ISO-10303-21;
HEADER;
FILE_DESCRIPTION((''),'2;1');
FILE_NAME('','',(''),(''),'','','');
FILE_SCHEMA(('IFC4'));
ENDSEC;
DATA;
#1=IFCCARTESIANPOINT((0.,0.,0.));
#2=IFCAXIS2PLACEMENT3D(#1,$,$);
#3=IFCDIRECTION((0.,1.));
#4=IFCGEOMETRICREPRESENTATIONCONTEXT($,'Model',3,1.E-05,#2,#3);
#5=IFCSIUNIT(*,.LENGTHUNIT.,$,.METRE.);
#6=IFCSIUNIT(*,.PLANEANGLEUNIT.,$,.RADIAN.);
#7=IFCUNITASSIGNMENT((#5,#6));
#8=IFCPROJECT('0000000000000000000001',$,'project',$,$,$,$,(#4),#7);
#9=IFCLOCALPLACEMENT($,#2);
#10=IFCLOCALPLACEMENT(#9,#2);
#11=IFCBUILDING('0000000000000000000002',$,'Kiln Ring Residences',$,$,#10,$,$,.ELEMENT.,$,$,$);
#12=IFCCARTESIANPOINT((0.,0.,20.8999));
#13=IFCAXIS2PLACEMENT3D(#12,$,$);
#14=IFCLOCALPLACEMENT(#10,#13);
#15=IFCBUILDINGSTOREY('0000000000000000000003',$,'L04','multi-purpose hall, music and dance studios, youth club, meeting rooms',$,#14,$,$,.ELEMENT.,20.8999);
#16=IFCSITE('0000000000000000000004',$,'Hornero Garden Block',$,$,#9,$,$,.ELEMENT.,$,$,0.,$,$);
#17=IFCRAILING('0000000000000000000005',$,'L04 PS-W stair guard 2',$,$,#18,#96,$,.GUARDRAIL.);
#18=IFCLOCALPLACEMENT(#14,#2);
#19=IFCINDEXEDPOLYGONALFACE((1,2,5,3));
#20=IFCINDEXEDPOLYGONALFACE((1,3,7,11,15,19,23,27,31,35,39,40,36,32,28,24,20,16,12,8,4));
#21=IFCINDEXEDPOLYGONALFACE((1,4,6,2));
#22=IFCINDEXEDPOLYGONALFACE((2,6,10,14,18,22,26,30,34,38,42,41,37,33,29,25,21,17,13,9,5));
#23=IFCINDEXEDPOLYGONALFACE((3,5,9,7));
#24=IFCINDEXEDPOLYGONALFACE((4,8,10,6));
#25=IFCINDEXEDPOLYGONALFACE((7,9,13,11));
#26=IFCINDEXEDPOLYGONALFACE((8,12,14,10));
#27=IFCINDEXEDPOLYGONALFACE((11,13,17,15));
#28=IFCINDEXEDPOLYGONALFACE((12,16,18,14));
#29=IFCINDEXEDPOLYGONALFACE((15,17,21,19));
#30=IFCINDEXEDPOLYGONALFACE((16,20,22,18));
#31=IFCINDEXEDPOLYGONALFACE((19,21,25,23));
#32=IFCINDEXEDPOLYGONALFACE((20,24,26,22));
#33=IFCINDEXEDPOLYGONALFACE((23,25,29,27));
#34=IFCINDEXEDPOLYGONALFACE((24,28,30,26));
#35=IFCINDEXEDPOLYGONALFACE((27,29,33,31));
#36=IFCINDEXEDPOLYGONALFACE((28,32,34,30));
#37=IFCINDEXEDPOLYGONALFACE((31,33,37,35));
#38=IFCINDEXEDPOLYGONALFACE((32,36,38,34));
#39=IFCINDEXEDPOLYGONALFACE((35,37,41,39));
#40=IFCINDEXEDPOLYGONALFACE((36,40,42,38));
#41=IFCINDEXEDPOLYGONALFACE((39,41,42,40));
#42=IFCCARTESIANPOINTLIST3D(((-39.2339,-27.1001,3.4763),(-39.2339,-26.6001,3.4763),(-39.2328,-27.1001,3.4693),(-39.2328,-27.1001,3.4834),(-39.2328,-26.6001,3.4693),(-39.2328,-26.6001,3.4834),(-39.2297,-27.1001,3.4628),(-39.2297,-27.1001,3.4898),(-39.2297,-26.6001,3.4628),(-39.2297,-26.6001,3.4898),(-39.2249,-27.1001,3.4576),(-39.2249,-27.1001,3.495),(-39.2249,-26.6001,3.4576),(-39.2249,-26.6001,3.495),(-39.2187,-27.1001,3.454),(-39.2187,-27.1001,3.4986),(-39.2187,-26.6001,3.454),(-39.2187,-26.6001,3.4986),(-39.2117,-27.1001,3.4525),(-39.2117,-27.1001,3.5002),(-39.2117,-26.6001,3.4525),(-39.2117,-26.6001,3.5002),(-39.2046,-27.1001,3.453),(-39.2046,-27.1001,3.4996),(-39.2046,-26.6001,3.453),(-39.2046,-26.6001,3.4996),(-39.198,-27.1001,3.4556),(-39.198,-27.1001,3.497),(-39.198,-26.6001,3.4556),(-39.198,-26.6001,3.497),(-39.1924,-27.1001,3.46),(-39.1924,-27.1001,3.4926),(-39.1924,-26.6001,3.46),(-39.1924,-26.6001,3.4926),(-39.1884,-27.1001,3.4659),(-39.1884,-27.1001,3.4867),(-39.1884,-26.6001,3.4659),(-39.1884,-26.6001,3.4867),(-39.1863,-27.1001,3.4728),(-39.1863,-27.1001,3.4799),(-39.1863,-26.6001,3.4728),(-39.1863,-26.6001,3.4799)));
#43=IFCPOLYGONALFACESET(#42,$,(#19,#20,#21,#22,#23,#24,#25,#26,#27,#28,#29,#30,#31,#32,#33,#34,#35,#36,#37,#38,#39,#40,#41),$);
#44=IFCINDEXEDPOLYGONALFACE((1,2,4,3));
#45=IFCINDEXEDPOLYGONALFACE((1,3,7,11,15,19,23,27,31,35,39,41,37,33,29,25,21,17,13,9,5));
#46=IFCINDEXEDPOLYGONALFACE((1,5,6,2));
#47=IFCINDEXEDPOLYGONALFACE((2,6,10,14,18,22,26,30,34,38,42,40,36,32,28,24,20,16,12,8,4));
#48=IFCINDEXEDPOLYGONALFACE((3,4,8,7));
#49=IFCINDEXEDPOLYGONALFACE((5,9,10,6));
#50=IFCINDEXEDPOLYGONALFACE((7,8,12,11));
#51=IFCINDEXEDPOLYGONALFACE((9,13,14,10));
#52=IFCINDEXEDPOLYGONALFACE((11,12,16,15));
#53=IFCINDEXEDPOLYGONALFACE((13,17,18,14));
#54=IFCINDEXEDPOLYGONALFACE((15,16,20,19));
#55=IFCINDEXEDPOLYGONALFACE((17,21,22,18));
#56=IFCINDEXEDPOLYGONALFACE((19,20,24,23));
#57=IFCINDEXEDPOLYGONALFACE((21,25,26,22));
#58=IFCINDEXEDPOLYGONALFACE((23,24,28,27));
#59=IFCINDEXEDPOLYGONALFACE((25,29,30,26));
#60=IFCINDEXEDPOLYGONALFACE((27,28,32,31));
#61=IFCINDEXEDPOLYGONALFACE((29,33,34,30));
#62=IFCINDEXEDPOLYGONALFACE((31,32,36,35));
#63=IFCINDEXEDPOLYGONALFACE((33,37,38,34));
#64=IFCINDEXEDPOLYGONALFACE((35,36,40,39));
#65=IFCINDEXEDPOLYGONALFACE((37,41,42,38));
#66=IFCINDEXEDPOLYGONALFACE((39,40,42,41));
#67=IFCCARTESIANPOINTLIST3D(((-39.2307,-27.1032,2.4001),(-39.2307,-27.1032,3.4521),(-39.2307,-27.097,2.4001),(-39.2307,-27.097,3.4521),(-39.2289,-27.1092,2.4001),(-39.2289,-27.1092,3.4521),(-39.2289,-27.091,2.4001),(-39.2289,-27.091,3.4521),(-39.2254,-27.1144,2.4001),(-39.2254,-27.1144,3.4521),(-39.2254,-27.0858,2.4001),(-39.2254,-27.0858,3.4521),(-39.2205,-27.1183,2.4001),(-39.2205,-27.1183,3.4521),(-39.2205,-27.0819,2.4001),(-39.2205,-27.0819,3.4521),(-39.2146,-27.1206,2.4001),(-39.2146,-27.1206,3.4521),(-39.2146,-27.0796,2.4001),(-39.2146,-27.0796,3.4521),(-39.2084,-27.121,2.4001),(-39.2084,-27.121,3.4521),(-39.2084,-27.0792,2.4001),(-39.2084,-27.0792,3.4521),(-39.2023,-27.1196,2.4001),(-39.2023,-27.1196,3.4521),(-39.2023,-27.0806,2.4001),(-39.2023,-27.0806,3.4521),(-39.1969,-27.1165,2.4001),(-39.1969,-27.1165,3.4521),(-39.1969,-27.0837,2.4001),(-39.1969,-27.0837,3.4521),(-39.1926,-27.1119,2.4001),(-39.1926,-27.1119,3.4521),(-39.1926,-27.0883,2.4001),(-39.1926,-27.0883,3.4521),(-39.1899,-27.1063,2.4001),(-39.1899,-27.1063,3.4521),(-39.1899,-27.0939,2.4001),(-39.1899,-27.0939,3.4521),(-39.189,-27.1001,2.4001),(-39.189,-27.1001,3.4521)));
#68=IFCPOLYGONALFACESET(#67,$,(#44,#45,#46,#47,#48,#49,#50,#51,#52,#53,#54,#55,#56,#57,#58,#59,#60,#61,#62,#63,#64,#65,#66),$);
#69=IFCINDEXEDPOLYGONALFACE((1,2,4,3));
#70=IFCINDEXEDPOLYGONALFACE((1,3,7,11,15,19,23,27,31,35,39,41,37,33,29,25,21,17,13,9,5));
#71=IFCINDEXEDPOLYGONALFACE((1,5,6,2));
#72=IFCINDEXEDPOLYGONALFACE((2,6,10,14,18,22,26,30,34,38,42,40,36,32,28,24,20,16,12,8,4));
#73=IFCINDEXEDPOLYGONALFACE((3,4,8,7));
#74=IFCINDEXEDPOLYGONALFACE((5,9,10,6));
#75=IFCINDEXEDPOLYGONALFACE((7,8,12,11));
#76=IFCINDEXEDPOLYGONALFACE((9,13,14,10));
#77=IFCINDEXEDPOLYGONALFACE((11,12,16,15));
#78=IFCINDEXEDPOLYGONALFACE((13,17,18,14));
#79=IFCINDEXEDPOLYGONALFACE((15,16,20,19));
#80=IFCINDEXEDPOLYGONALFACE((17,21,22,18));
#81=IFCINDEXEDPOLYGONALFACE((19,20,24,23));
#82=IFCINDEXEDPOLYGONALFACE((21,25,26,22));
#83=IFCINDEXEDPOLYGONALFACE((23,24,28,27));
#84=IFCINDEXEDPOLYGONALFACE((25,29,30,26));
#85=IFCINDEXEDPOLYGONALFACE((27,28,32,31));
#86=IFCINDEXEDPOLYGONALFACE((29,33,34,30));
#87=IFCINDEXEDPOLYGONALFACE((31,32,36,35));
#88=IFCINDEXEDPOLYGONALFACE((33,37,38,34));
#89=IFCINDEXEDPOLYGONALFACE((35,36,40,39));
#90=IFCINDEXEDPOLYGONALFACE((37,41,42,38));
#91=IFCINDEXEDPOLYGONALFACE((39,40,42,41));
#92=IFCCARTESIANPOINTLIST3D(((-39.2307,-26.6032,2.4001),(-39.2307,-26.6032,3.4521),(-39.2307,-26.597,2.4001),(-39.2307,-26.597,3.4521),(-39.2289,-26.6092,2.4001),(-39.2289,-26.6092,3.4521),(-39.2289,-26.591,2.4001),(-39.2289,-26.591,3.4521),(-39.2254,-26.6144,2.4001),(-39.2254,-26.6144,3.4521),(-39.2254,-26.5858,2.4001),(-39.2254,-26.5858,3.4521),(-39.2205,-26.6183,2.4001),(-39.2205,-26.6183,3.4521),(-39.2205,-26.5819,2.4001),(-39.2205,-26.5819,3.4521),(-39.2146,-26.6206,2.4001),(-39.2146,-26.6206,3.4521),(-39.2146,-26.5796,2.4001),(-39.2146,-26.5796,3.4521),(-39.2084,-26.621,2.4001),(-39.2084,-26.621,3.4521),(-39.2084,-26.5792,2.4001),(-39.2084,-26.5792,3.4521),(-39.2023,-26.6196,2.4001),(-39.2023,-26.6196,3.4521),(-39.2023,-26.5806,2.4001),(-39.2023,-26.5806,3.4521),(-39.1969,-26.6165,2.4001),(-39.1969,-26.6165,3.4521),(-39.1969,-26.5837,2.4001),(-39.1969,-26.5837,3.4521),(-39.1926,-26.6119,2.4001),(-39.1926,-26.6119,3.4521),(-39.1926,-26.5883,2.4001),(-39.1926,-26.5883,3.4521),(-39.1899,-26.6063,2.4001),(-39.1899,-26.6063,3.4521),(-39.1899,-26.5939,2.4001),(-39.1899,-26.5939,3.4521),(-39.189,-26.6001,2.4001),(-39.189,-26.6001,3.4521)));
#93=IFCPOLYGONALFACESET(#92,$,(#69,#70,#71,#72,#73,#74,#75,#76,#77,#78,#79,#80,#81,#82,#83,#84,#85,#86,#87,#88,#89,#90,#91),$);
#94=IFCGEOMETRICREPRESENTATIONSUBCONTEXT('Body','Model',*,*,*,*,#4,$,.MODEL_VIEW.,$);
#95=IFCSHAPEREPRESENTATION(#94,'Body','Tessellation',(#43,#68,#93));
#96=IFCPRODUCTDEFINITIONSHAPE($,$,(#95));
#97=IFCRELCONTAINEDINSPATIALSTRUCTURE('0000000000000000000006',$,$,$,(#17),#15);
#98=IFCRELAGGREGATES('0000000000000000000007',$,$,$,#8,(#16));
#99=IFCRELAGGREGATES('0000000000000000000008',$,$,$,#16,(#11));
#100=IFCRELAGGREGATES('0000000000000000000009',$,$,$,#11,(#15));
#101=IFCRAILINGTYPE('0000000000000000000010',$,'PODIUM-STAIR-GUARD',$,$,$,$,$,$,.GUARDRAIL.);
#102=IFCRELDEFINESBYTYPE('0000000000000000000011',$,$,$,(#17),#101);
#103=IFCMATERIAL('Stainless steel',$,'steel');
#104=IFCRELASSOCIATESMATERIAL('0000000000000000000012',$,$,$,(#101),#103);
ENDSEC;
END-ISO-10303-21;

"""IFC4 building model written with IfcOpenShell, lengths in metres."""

from ifc_helpers import new_model, si_unit, direction, frame, origin, origin_2d, place, context, subcontext, project, spatial, circle, extrude, material, type_object, element, save


model = new_model("IFC4")

# Units and contexts
model_context = context("Model", 3, precision=1e-05, world=origin(), true_north=direction((0.0, 1.0)))
body_context = subcontext(model_context, "Body", "Model", "MODEL_VIEW")
ifc_project = project(units=[si_unit("LENGTHUNIT", "METRE"), si_unit("PLANEANGLEUNIT", "RADIAN")], contexts=[model_context])

# Site, building, storey
site_placement = place(None, origin())
site = spatial("IfcSite", under=ifc_project, at=site_placement, Name="Hornero Garden Block", CompositionType="ELEMENT", RefElevation=0.0)
building_placement = place(site_placement, origin())
building = spatial("IfcBuilding", under=site, at=building_placement, Name="Kiln Ring Residences", CompositionType="ELEMENT")
storey_placement = place(building_placement, frame((0.0, 0.0, 20.8999)))
storey = spatial("IfcBuildingStorey", under=building, at=storey_placement, Name="L04", Description="multi-purpose hall, music and dance studios, youth club, meeting rooms", CompositionType="ELEMENT", Elevation=20.8999)

# Railing
ifc_material_1 = material(Name="Stainless steel", Category="steel")
railing_type_1 = type_object("IfcRailingType", Name="PODIUM-STAIR-GUARD", PredefinedType="GUARDRAIL", material=ifc_material_1)
railing_1_placement = place(storey_placement, frame((-39.21, -27.1001, 2.4001)))
element("IfcRailing", 1, at=railing_1_placement, inside=storey, type_object=railing_type_1, Name="L04 PS-W stair guard 2", PredefinedType="GUARDRAIL", context=body_context, shape_type="SweptSolid", body=[
    extrude(circle(Radius=0.0239, at=origin_2d()), frame((0.0, 0.0, 1.0762), z_axis=(0.0, 1.0, 0.0), x_axis=(-1.0, 0.0, 0.0)), (0.0, 0.0, 1.0), 0.5),
    extrude(circle(Radius=0.021, at=origin_2d()), origin(), (0.0, 0.0, 1.0), 1.052),
    extrude(circle(Radius=0.021, at=origin_2d()), frame((0.0, 0.5, 0.0)), (0.0, 0.0, 1.0), 1.052),
])

save(model, "model.ifc")
